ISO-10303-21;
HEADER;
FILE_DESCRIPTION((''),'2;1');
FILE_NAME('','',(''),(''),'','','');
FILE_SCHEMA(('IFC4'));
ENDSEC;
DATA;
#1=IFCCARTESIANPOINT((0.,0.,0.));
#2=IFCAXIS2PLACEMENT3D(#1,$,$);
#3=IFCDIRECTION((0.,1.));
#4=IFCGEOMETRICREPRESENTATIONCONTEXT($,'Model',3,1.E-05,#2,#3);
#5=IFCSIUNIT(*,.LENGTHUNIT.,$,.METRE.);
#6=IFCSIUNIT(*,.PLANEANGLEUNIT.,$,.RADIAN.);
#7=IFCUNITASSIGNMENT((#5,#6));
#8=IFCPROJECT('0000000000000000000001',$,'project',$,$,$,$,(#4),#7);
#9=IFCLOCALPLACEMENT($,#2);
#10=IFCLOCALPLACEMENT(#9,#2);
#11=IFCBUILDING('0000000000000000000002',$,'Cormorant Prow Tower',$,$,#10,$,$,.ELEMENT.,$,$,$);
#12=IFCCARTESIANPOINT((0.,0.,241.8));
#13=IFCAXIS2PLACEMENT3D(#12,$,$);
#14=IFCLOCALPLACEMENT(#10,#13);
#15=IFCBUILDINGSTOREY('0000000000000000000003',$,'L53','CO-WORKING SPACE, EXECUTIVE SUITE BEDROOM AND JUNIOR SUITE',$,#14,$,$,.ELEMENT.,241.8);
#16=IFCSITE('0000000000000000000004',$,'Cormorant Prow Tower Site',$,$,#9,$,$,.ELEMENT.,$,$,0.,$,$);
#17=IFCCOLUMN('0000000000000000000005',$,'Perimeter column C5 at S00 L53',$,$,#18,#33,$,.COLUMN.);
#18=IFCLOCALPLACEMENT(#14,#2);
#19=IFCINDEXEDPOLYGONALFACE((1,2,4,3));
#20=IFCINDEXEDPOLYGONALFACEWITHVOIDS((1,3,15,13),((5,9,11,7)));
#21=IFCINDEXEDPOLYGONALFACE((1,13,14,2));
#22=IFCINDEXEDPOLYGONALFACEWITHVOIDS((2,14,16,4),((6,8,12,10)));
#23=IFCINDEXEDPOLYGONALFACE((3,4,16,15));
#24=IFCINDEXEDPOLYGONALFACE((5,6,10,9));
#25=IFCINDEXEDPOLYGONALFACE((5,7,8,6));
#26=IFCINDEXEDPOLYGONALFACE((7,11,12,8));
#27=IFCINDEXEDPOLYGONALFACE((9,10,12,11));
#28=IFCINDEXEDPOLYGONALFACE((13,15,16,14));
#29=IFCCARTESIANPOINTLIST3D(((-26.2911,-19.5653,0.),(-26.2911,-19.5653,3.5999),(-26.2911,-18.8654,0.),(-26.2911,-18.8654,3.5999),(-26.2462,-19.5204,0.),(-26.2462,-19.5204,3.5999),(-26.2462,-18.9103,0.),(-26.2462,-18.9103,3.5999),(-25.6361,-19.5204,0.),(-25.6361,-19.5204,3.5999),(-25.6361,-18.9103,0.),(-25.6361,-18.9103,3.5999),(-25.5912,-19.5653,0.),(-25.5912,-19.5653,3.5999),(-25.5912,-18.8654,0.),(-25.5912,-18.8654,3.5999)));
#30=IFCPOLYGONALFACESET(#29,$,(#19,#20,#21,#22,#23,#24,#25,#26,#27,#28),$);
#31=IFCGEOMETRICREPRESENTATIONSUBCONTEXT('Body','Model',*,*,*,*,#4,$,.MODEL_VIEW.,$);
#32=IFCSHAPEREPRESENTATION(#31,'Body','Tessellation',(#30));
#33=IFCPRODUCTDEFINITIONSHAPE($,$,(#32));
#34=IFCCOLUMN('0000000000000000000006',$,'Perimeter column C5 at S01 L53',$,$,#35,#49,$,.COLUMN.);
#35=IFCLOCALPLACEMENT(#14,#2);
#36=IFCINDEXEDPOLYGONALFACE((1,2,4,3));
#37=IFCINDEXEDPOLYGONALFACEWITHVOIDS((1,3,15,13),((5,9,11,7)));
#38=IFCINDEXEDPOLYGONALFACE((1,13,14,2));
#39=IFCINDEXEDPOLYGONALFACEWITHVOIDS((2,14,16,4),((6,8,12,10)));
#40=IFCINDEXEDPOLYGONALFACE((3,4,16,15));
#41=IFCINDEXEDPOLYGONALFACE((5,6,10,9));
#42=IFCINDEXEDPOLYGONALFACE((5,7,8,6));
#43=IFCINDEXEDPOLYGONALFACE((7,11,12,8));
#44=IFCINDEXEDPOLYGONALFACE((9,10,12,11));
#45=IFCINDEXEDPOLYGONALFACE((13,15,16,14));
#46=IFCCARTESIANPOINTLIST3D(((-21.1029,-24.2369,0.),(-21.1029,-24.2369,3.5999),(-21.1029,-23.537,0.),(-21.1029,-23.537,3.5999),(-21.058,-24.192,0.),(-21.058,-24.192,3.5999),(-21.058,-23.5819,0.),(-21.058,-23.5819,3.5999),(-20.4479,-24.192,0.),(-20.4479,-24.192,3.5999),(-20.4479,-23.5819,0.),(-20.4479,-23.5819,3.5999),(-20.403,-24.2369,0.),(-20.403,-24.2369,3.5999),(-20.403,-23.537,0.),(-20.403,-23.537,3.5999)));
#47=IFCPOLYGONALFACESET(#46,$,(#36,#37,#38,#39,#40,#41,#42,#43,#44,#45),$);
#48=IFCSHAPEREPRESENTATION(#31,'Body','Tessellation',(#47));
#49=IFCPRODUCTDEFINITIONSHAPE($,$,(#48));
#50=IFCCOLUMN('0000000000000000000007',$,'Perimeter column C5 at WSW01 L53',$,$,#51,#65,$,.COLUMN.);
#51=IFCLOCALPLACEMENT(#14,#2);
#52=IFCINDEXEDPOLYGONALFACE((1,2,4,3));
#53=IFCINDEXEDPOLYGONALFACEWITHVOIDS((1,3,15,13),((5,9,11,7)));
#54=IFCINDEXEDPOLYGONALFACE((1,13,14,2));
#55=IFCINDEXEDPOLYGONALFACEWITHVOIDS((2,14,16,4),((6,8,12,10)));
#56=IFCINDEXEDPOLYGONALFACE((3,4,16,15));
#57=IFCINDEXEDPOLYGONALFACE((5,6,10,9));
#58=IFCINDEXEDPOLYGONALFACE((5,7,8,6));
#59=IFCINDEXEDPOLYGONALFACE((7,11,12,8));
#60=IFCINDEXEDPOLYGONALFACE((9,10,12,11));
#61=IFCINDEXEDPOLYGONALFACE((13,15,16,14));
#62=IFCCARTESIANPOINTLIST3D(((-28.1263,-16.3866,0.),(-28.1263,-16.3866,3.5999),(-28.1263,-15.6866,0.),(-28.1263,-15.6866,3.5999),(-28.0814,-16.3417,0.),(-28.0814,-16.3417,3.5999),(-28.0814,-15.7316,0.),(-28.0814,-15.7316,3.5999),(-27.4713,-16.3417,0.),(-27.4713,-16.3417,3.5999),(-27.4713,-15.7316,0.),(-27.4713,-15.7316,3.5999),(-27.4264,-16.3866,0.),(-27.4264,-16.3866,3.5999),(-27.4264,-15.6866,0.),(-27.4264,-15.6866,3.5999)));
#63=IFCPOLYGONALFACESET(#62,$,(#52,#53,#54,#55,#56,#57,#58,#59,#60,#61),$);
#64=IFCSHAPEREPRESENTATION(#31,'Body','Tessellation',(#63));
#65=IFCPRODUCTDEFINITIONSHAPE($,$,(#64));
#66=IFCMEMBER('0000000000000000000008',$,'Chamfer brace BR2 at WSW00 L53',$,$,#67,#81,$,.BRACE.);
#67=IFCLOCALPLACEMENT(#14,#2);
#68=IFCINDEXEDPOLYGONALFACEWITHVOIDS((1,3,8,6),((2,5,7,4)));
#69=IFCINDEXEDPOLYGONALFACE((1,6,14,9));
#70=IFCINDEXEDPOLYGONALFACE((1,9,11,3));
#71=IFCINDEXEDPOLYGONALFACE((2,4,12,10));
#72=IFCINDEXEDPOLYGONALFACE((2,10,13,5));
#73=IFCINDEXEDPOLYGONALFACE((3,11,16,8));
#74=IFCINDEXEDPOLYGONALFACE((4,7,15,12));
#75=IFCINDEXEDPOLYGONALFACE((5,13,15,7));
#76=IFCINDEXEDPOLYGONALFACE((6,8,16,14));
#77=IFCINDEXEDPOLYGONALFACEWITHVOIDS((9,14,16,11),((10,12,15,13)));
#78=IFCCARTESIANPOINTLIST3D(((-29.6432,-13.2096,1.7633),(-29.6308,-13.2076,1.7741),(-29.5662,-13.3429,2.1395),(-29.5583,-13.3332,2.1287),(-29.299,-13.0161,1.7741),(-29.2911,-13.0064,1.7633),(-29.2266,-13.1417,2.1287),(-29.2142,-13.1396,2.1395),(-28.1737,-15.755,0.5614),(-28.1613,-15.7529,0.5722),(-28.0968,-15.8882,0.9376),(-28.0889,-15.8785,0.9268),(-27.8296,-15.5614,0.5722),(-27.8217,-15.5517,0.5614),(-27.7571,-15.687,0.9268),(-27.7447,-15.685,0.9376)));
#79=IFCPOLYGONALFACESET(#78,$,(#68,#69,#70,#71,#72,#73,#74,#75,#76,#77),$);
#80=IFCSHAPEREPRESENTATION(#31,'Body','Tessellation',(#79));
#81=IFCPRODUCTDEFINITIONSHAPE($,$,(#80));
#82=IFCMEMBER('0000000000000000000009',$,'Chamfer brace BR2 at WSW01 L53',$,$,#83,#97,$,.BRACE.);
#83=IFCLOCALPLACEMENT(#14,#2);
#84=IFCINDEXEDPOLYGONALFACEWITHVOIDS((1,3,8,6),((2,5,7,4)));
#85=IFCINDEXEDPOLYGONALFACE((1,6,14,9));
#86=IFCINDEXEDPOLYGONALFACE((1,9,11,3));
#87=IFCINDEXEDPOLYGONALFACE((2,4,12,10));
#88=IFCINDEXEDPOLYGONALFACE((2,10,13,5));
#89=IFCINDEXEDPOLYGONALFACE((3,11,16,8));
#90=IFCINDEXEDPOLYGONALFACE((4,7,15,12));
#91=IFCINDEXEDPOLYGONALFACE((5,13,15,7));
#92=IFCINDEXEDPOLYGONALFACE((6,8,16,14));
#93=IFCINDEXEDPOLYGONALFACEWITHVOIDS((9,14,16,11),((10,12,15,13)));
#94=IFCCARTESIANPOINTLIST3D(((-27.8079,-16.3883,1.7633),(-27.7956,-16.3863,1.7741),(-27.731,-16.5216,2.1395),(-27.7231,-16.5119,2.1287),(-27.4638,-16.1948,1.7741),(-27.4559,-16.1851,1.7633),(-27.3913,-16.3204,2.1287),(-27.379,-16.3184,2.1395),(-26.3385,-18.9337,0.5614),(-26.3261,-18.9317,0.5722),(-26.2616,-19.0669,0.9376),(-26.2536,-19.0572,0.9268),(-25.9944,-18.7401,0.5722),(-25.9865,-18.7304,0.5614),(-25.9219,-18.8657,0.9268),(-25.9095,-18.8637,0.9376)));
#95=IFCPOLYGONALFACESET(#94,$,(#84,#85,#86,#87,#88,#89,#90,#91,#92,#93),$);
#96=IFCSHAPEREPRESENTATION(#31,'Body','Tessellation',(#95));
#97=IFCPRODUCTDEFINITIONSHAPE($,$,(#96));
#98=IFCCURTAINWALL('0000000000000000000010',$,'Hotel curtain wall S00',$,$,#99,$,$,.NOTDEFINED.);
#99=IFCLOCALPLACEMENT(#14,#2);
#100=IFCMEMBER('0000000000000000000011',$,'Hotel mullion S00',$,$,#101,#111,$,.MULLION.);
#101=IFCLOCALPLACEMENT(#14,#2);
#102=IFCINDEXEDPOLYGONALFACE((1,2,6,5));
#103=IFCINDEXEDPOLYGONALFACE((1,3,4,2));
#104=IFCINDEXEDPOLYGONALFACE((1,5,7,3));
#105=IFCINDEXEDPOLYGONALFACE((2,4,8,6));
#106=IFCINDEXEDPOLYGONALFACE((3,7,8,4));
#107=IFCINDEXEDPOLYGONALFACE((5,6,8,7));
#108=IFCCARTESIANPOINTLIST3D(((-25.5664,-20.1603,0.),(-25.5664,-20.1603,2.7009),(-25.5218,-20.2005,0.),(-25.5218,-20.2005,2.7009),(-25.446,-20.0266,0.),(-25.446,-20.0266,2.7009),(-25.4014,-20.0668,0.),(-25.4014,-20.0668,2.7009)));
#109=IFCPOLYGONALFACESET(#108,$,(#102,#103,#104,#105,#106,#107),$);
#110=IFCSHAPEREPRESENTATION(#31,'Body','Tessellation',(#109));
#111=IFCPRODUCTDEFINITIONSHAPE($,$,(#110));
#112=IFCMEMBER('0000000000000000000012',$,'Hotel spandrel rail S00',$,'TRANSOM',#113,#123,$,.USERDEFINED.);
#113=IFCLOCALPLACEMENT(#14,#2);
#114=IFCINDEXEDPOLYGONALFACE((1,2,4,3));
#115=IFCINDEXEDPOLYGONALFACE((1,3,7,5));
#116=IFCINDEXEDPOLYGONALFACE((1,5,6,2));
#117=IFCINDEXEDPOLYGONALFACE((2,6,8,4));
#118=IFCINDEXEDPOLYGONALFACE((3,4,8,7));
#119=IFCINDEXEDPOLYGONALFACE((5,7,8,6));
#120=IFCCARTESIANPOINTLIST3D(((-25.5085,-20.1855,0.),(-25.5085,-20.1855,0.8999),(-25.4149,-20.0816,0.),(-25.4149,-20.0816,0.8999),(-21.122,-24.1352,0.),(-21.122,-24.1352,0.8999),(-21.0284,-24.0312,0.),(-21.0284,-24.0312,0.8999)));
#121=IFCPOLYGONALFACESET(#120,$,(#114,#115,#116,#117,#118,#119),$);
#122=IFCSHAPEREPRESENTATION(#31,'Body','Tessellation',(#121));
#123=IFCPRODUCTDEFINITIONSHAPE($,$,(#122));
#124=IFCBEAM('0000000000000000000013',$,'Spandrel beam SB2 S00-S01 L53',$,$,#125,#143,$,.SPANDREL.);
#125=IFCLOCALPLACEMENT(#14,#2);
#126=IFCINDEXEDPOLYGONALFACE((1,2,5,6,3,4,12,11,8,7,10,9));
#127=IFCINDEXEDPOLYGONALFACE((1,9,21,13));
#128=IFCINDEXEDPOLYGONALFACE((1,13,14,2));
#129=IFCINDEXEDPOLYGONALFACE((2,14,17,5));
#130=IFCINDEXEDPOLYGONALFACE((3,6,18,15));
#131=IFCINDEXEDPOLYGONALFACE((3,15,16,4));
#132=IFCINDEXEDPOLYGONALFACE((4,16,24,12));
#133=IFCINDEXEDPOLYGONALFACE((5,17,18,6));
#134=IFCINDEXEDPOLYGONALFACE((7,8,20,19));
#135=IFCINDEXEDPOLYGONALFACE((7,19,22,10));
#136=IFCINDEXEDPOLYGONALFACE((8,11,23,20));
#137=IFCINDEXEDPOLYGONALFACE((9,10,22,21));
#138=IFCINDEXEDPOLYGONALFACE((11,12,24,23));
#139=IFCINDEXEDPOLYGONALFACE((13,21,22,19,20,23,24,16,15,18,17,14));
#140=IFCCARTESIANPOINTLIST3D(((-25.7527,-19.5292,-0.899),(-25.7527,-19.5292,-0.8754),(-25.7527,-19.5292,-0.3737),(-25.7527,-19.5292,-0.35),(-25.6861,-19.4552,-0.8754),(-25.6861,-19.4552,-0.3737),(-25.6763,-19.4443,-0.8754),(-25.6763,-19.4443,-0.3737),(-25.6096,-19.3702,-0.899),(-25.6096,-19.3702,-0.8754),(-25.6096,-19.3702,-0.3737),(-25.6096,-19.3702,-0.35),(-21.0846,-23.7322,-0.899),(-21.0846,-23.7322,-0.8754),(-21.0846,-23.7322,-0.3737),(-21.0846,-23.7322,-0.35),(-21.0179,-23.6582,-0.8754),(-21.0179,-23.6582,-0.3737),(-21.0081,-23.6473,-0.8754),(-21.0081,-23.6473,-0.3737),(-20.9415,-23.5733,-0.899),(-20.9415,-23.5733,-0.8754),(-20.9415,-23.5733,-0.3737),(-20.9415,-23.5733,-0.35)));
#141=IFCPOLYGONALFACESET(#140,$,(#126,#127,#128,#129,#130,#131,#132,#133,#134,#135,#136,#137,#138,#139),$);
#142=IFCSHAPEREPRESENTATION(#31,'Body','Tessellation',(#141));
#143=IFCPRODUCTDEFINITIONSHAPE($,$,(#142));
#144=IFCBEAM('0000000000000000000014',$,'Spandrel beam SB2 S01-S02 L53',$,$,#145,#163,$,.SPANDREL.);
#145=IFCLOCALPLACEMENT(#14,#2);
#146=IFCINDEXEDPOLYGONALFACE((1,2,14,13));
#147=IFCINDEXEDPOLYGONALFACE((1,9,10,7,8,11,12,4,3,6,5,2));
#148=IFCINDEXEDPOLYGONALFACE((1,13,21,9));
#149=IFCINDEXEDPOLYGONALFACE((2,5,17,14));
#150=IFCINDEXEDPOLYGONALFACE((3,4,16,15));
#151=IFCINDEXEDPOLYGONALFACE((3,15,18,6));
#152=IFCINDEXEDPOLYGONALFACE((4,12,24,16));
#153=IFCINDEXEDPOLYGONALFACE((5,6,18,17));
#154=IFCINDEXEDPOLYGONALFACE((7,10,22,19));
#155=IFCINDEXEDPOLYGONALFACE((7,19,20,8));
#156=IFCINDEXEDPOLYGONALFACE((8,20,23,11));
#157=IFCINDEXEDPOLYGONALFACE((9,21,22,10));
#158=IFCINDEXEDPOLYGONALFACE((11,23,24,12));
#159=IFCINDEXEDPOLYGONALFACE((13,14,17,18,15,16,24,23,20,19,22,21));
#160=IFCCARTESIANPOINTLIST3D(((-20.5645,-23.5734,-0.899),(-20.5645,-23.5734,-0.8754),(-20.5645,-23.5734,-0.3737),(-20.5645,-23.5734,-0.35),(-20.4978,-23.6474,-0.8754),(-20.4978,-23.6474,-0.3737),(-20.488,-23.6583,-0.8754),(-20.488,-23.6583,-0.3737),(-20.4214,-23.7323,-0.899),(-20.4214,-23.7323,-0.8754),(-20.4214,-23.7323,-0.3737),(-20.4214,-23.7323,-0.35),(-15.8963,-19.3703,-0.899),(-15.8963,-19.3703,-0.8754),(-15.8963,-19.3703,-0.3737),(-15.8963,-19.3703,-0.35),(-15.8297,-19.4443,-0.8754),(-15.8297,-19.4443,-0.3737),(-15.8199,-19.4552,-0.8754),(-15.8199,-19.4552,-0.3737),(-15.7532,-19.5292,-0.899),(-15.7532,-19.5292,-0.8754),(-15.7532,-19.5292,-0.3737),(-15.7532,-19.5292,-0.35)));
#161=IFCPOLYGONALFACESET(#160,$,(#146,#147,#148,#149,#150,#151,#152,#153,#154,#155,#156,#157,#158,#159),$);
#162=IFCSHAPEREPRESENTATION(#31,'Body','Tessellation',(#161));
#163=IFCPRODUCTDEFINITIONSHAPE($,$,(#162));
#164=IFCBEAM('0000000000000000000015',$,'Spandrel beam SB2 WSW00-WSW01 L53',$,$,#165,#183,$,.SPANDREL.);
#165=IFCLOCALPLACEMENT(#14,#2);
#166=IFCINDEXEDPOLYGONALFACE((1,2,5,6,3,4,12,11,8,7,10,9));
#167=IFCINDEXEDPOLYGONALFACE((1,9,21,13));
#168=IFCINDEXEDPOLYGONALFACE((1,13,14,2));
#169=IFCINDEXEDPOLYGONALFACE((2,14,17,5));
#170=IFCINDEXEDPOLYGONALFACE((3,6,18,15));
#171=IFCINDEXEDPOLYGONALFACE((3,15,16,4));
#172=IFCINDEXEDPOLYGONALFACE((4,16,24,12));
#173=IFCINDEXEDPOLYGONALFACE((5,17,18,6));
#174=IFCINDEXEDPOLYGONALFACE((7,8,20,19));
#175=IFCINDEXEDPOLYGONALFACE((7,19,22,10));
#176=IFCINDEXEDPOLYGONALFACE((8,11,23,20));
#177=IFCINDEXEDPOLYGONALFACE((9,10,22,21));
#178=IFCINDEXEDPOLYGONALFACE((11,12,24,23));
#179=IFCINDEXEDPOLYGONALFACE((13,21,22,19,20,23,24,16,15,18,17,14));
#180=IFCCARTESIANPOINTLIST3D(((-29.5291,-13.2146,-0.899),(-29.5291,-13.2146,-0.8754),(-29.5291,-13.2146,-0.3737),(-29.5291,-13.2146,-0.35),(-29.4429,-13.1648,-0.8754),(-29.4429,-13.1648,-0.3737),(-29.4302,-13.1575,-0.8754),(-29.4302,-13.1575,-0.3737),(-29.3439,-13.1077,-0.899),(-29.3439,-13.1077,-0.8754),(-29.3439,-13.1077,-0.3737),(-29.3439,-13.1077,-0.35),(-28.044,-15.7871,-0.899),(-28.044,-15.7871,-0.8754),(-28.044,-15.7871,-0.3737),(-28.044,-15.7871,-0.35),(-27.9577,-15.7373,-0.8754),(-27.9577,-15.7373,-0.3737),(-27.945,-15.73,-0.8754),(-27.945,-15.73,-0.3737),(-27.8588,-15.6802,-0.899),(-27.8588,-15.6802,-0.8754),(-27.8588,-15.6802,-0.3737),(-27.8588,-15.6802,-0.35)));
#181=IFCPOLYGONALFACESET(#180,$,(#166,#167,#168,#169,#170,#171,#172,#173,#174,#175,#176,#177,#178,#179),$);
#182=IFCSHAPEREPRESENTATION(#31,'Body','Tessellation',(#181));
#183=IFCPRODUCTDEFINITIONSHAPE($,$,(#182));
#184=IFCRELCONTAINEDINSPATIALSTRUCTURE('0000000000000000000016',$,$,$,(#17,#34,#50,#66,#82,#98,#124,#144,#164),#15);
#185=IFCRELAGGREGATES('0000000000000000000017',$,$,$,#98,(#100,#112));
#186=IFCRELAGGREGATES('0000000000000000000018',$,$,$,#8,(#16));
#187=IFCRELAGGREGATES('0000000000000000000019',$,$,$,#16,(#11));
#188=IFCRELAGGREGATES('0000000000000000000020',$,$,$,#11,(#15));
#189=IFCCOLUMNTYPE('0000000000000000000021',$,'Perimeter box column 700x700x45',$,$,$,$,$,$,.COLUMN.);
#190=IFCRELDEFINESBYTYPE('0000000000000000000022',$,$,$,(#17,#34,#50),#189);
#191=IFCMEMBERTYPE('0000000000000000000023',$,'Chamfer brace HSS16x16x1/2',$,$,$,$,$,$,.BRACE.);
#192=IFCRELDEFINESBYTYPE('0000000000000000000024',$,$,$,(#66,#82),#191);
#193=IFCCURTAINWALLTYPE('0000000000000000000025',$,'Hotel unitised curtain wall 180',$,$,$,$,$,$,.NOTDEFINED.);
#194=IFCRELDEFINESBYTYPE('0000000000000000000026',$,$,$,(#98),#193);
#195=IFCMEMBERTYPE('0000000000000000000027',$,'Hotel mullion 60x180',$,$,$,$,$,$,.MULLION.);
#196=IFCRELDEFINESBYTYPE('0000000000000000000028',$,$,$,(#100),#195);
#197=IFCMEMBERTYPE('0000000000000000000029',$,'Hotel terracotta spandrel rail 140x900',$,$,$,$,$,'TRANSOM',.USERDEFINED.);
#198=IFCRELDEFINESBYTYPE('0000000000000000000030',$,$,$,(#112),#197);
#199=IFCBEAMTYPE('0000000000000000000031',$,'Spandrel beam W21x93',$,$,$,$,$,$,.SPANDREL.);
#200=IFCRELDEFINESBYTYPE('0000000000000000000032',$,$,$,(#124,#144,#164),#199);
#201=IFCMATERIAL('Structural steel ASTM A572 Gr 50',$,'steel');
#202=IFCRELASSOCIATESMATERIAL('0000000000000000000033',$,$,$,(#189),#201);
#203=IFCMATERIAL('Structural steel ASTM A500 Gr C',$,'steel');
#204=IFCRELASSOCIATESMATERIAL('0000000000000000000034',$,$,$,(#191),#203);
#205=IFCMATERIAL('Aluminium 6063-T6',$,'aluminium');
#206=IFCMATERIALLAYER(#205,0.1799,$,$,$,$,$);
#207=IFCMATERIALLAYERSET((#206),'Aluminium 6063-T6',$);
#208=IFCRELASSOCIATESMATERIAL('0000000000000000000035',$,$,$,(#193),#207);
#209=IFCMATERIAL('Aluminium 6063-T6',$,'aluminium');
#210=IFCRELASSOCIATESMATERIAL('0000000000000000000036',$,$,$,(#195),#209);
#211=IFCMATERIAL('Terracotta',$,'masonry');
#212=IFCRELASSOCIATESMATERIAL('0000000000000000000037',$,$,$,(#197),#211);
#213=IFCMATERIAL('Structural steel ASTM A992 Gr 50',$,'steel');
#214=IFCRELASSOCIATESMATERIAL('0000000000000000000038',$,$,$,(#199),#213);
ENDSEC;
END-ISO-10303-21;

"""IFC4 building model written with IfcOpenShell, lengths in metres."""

from ifc_helpers import new_model, si_unit, direction, frame, origin, origin_2d, place, context, subcontext, project, spatial, rectangle, hollow_rectangle, i_section, extrude, material, layer, layer_set, material_profile, profile_set, type_object, element, aggregate, save


model = new_model("IFC4")

# Units and contexts
model_context = context("Model", 3, precision=1e-05, world=origin(), true_north=direction((0.0, 1.0)))
body_context = subcontext(model_context, "Body", "Model", "MODEL_VIEW")
ifc_project = project(units=[si_unit("LENGTHUNIT", "METRE"), si_unit("PLANEANGLEUNIT", "RADIAN")], contexts=[model_context])

# Site, building, storey
site_placement = place(None, origin())
site = spatial("IfcSite", under=ifc_project, at=site_placement, Name="Cormorant Prow Tower Site", CompositionType="ELEMENT", RefElevation=0.0)
building_placement = place(site_placement, origin())
building = spatial("IfcBuilding", under=site, at=building_placement, Name="Cormorant Prow Tower", CompositionType="ELEMENT")
storey_placement = place(building_placement, frame((0.0, 0.0, 241.8)))
storey = spatial("IfcBuildingStorey", under=building, at=storey_placement, Name="L53", Description="CO-WORKING SPACE, EXECUTIVE SUITE BEDROOM AND JUNIOR SUITE", CompositionType="ELEMENT", Elevation=241.8)

# Columns
ifc_material_1 = material(Name="Structural steel ASTM A572 Gr 50", Category="steel")
ifc_material_profile_1 = material_profile(ifc_material_1, hollow_rectangle(XDim=0.7, YDim=0.7, WallThickness=0.0449, at=origin_2d()), Name="Box 700x700x45")
ifc_profile_set_1 = profile_set([ifc_material_profile_1], Name="Structural steel ASTM A572 Gr 50")
column_type = type_object("IfcColumnType", Name="Perimeter box column 700x700x45", PredefinedType="COLUMN", material=ifc_profile_set_1)
for number, where, z_axis, x_axis, name in (
    (1, (-25.9412, -19.2153, 0.0), (0.0, 0.0, 1.0), (1.0, 0.0, 0.0), "Perimeter column C5 at S00 L53"),
    (2, (-20.7529, -23.887, 0.0), (0.0, 0.0, 1.0), (1.0, 0.0, 0.0), "Perimeter column C5 at S01 L53"),
    (3, (-27.7764, -16.0366, 0.0), (0.0, 0.0, 1.0), (1.0, 0.0, 0.0), "Perimeter column C5 at WSW01 L53"),
):
    element("IfcColumn", number, at=place(storey_placement, frame(where, z_axis=z_axis, x_axis=x_axis)), inside=storey, type_object=column_type, Name=name, PredefinedType="COLUMN", context=body_context, shape_type="SweptSolid", body=[
        extrude(hollow_rectangle(XDim=0.7, YDim=0.7, WallThickness=0.0449, at=origin_2d()), origin(), (0.0, 0.0, 1.0), 3.5999),
    ])

# Members
ifc_material_2 = material(Name="Structural steel ASTM A500 Gr C", Category="steel")
ifc_material_profile_2 = material_profile(ifc_material_2, hollow_rectangle(XDim=0.4065, YDim=0.4065, WallThickness=0.0117, at=origin_2d()), Name="HSS16x16x1/2")
ifc_profile_set_2 = profile_set([ifc_material_profile_2], Name="Structural steel ASTM A500 Gr C")
member_type_1 = type_object("IfcMemberType", Name="Chamfer brace HSS16x16x1/2", PredefinedType="BRACE", material=ifc_profile_set_2)
for number, where, z_axis, x_axis, name in (
    (4, (-27.9592, -15.72, 0.7495), (-0.462773, 0.801607, 0.378507), (-0.866042, -0.499972, 0.0), "Chamfer brace BR2 at WSW00 L53"),
    (5, (-26.124, -18.8987, 0.7495), (-0.462773, 0.801607, 0.378507), (-0.866042, -0.499972, 0.0), "Chamfer brace BR2 at WSW01 L53"),
):
    element("IfcMember", number, at=place(storey_placement, frame(where, z_axis=z_axis, x_axis=x_axis)), inside=storey, type_object=member_type_1, Name=name, PredefinedType="BRACE", context=body_context, shape_type="SweptSolid", body=[
        extrude(hollow_rectangle(XDim=0.4065, YDim=0.4065, WallThickness=0.0117, at=origin_2d()), origin(), (0.0, 0.0, 1.0), 3.1753),
    ])

# Curtain wall, members
ifc_material_3 = material(Name="Aluminium 6063-T6", Category="aluminium")
ifc_layer_1 = layer(ifc_material_3, 0.1799)
ifc_layer_set_1 = layer_set([ifc_layer_1], Name="Aluminium 6063-T6")
curtain_wall_type = type_object("IfcCurtainWallType", Name="Hotel unitised curtain wall 180", PredefinedType="NOTDEFINED", material=ifc_layer_set_1)
curtain_wall_placement = place(storey_placement, origin())
curtain_wall = element("IfcCurtainWall", 6, at=curtain_wall_placement, inside=storey, type_object=curtain_wall_type, Name="Hotel curtain wall S00", PredefinedType="NOTDEFINED")
ifc_material_4 = material(Name="Aluminium 6063-T6", Category="aluminium")
ifc_material_profile_3 = material_profile(ifc_material_4, rectangle(XDim=0.1799, YDim=0.0601, at=origin_2d()), Name="Hotel mullion 60x180")
ifc_profile_set_3 = profile_set([ifc_material_profile_3], Name="Aluminium 6063-T6")
member_type_2 = type_object("IfcMemberType", Name="Hotel mullion 60x180", PredefinedType="MULLION", material=ifc_profile_set_3)
member_1_placement = place(storey_placement, frame((-25.4839, -20.1135, 0.0), z_axis=(0.0, 0.0, 1.0), x_axis=(0.669131, 0.743145, 0.0)))
member_1 = element("IfcMember", 7, at=member_1_placement, type_object=member_type_2, Name="Hotel mullion S00", PredefinedType="MULLION", context=body_context, shape_type="SweptSolid", body=[
    extrude(rectangle(XDim=0.1799, YDim=0.0601, at=origin_2d()), origin(), (0.0, 0.0, 1.0), 2.7009),
])
ifc_material_5 = material(Name="Terracotta", Category="masonry")
ifc_material_profile_4 = material_profile(ifc_material_5, rectangle(XDim=0.1399, YDim=0.8999, at=origin_2d()), Name="Hotel terracotta spandrel rail 140x900")
ifc_profile_set_4 = profile_set([ifc_material_profile_4], Name="Terracotta")
member_type_3 = type_object("IfcMemberType", Name="Hotel terracotta spandrel rail 140x900", ElementType="TRANSOM", PredefinedType="USERDEFINED", material=ifc_profile_set_4)
member_2_placement = place(storey_placement, frame((-25.4617, -20.1335, 0.45), z_axis=(0.743136, -0.669141, 0.0), x_axis=(0.669141, 0.743136, 0.0)))
member_2 = element("IfcMember", 8, at=member_2_placement, type_object=member_type_3, Name="Hotel spandrel rail S00", ObjectType="TRANSOM", PredefinedType="USERDEFINED", context=body_context, shape_type="SweptSolid", body=[
    extrude(rectangle(XDim=0.1399, YDim=0.8999, at=origin_2d()), origin(), (0.0, 0.0, 1.0), 5.9026),
])

# Beams
ifc_material_6 = material(Name="Structural steel ASTM A992 Gr 50", Category="steel")
ifc_material_profile_5 = material_profile(ifc_material_6, i_section(OverallWidth=0.2139, OverallDepth=0.5491, WebThickness=0.0146, FlangeThickness=0.0237, at=origin_2d()), Name="W21x93")
ifc_profile_set_5 = profile_set([ifc_material_profile_5], Name="Structural steel ASTM A992 Gr 50")
beam_type = type_object("IfcBeamType", Name="Spandrel beam W21x93", PredefinedType="SPANDREL", material=ifc_profile_set_5)
for number, where, z_axis, x_axis, name in (
    (9, (-25.6812, -19.4497, -0.6245), (0.743157, -0.669117, 0.0), (0.669117, 0.743157, 0.0), "Spandrel beam SB2 S00-S01 L53"),
    (10, (-20.4929, -23.6528, -0.6245), (0.743157, 0.669117, 0.0), (-0.669117, 0.743157, 0.0), "Spandrel beam SB2 S01-S02 L53"),
):
    element("IfcBeam", number, at=place(storey_placement, frame(where, z_axis=z_axis, x_axis=x_axis)), inside=storey, type_object=beam_type, Name=name, PredefinedType="SPANDREL", context=body_context, shape_type="SweptSolid", body=[
        extrude(i_section(OverallWidth=0.2139, OverallDepth=0.5491, WebThickness=0.0146, FlangeThickness=0.0237, at=origin_2d()), origin(), (0.0, 0.0, 1.0), 6.2815),
    ])
for number, where, z_axis, x_axis, name in (
    (11, (-29.4365, -13.1611, -0.6245), (0.499967, -0.866045, 0.0), (0.866045, 0.499967, 0.0), "Spandrel beam SB2 WSW00-WSW01 L53"),
):
    element("IfcBeam", number, at=place(storey_placement, frame(where, z_axis=z_axis, x_axis=x_axis)), inside=storey, type_object=beam_type, Name=name, PredefinedType="SPANDREL", context=body_context, shape_type="SweptSolid", body=[
        extrude(i_section(OverallWidth=0.2139, OverallDepth=0.5491, WebThickness=0.0146, FlangeThickness=0.0237, at=origin_2d()), origin(), (0.0, 0.0, 1.0), 2.9705),
    ])

aggregate(curtain_wall, [member_1, member_2])

save(model, "model.ifc")
